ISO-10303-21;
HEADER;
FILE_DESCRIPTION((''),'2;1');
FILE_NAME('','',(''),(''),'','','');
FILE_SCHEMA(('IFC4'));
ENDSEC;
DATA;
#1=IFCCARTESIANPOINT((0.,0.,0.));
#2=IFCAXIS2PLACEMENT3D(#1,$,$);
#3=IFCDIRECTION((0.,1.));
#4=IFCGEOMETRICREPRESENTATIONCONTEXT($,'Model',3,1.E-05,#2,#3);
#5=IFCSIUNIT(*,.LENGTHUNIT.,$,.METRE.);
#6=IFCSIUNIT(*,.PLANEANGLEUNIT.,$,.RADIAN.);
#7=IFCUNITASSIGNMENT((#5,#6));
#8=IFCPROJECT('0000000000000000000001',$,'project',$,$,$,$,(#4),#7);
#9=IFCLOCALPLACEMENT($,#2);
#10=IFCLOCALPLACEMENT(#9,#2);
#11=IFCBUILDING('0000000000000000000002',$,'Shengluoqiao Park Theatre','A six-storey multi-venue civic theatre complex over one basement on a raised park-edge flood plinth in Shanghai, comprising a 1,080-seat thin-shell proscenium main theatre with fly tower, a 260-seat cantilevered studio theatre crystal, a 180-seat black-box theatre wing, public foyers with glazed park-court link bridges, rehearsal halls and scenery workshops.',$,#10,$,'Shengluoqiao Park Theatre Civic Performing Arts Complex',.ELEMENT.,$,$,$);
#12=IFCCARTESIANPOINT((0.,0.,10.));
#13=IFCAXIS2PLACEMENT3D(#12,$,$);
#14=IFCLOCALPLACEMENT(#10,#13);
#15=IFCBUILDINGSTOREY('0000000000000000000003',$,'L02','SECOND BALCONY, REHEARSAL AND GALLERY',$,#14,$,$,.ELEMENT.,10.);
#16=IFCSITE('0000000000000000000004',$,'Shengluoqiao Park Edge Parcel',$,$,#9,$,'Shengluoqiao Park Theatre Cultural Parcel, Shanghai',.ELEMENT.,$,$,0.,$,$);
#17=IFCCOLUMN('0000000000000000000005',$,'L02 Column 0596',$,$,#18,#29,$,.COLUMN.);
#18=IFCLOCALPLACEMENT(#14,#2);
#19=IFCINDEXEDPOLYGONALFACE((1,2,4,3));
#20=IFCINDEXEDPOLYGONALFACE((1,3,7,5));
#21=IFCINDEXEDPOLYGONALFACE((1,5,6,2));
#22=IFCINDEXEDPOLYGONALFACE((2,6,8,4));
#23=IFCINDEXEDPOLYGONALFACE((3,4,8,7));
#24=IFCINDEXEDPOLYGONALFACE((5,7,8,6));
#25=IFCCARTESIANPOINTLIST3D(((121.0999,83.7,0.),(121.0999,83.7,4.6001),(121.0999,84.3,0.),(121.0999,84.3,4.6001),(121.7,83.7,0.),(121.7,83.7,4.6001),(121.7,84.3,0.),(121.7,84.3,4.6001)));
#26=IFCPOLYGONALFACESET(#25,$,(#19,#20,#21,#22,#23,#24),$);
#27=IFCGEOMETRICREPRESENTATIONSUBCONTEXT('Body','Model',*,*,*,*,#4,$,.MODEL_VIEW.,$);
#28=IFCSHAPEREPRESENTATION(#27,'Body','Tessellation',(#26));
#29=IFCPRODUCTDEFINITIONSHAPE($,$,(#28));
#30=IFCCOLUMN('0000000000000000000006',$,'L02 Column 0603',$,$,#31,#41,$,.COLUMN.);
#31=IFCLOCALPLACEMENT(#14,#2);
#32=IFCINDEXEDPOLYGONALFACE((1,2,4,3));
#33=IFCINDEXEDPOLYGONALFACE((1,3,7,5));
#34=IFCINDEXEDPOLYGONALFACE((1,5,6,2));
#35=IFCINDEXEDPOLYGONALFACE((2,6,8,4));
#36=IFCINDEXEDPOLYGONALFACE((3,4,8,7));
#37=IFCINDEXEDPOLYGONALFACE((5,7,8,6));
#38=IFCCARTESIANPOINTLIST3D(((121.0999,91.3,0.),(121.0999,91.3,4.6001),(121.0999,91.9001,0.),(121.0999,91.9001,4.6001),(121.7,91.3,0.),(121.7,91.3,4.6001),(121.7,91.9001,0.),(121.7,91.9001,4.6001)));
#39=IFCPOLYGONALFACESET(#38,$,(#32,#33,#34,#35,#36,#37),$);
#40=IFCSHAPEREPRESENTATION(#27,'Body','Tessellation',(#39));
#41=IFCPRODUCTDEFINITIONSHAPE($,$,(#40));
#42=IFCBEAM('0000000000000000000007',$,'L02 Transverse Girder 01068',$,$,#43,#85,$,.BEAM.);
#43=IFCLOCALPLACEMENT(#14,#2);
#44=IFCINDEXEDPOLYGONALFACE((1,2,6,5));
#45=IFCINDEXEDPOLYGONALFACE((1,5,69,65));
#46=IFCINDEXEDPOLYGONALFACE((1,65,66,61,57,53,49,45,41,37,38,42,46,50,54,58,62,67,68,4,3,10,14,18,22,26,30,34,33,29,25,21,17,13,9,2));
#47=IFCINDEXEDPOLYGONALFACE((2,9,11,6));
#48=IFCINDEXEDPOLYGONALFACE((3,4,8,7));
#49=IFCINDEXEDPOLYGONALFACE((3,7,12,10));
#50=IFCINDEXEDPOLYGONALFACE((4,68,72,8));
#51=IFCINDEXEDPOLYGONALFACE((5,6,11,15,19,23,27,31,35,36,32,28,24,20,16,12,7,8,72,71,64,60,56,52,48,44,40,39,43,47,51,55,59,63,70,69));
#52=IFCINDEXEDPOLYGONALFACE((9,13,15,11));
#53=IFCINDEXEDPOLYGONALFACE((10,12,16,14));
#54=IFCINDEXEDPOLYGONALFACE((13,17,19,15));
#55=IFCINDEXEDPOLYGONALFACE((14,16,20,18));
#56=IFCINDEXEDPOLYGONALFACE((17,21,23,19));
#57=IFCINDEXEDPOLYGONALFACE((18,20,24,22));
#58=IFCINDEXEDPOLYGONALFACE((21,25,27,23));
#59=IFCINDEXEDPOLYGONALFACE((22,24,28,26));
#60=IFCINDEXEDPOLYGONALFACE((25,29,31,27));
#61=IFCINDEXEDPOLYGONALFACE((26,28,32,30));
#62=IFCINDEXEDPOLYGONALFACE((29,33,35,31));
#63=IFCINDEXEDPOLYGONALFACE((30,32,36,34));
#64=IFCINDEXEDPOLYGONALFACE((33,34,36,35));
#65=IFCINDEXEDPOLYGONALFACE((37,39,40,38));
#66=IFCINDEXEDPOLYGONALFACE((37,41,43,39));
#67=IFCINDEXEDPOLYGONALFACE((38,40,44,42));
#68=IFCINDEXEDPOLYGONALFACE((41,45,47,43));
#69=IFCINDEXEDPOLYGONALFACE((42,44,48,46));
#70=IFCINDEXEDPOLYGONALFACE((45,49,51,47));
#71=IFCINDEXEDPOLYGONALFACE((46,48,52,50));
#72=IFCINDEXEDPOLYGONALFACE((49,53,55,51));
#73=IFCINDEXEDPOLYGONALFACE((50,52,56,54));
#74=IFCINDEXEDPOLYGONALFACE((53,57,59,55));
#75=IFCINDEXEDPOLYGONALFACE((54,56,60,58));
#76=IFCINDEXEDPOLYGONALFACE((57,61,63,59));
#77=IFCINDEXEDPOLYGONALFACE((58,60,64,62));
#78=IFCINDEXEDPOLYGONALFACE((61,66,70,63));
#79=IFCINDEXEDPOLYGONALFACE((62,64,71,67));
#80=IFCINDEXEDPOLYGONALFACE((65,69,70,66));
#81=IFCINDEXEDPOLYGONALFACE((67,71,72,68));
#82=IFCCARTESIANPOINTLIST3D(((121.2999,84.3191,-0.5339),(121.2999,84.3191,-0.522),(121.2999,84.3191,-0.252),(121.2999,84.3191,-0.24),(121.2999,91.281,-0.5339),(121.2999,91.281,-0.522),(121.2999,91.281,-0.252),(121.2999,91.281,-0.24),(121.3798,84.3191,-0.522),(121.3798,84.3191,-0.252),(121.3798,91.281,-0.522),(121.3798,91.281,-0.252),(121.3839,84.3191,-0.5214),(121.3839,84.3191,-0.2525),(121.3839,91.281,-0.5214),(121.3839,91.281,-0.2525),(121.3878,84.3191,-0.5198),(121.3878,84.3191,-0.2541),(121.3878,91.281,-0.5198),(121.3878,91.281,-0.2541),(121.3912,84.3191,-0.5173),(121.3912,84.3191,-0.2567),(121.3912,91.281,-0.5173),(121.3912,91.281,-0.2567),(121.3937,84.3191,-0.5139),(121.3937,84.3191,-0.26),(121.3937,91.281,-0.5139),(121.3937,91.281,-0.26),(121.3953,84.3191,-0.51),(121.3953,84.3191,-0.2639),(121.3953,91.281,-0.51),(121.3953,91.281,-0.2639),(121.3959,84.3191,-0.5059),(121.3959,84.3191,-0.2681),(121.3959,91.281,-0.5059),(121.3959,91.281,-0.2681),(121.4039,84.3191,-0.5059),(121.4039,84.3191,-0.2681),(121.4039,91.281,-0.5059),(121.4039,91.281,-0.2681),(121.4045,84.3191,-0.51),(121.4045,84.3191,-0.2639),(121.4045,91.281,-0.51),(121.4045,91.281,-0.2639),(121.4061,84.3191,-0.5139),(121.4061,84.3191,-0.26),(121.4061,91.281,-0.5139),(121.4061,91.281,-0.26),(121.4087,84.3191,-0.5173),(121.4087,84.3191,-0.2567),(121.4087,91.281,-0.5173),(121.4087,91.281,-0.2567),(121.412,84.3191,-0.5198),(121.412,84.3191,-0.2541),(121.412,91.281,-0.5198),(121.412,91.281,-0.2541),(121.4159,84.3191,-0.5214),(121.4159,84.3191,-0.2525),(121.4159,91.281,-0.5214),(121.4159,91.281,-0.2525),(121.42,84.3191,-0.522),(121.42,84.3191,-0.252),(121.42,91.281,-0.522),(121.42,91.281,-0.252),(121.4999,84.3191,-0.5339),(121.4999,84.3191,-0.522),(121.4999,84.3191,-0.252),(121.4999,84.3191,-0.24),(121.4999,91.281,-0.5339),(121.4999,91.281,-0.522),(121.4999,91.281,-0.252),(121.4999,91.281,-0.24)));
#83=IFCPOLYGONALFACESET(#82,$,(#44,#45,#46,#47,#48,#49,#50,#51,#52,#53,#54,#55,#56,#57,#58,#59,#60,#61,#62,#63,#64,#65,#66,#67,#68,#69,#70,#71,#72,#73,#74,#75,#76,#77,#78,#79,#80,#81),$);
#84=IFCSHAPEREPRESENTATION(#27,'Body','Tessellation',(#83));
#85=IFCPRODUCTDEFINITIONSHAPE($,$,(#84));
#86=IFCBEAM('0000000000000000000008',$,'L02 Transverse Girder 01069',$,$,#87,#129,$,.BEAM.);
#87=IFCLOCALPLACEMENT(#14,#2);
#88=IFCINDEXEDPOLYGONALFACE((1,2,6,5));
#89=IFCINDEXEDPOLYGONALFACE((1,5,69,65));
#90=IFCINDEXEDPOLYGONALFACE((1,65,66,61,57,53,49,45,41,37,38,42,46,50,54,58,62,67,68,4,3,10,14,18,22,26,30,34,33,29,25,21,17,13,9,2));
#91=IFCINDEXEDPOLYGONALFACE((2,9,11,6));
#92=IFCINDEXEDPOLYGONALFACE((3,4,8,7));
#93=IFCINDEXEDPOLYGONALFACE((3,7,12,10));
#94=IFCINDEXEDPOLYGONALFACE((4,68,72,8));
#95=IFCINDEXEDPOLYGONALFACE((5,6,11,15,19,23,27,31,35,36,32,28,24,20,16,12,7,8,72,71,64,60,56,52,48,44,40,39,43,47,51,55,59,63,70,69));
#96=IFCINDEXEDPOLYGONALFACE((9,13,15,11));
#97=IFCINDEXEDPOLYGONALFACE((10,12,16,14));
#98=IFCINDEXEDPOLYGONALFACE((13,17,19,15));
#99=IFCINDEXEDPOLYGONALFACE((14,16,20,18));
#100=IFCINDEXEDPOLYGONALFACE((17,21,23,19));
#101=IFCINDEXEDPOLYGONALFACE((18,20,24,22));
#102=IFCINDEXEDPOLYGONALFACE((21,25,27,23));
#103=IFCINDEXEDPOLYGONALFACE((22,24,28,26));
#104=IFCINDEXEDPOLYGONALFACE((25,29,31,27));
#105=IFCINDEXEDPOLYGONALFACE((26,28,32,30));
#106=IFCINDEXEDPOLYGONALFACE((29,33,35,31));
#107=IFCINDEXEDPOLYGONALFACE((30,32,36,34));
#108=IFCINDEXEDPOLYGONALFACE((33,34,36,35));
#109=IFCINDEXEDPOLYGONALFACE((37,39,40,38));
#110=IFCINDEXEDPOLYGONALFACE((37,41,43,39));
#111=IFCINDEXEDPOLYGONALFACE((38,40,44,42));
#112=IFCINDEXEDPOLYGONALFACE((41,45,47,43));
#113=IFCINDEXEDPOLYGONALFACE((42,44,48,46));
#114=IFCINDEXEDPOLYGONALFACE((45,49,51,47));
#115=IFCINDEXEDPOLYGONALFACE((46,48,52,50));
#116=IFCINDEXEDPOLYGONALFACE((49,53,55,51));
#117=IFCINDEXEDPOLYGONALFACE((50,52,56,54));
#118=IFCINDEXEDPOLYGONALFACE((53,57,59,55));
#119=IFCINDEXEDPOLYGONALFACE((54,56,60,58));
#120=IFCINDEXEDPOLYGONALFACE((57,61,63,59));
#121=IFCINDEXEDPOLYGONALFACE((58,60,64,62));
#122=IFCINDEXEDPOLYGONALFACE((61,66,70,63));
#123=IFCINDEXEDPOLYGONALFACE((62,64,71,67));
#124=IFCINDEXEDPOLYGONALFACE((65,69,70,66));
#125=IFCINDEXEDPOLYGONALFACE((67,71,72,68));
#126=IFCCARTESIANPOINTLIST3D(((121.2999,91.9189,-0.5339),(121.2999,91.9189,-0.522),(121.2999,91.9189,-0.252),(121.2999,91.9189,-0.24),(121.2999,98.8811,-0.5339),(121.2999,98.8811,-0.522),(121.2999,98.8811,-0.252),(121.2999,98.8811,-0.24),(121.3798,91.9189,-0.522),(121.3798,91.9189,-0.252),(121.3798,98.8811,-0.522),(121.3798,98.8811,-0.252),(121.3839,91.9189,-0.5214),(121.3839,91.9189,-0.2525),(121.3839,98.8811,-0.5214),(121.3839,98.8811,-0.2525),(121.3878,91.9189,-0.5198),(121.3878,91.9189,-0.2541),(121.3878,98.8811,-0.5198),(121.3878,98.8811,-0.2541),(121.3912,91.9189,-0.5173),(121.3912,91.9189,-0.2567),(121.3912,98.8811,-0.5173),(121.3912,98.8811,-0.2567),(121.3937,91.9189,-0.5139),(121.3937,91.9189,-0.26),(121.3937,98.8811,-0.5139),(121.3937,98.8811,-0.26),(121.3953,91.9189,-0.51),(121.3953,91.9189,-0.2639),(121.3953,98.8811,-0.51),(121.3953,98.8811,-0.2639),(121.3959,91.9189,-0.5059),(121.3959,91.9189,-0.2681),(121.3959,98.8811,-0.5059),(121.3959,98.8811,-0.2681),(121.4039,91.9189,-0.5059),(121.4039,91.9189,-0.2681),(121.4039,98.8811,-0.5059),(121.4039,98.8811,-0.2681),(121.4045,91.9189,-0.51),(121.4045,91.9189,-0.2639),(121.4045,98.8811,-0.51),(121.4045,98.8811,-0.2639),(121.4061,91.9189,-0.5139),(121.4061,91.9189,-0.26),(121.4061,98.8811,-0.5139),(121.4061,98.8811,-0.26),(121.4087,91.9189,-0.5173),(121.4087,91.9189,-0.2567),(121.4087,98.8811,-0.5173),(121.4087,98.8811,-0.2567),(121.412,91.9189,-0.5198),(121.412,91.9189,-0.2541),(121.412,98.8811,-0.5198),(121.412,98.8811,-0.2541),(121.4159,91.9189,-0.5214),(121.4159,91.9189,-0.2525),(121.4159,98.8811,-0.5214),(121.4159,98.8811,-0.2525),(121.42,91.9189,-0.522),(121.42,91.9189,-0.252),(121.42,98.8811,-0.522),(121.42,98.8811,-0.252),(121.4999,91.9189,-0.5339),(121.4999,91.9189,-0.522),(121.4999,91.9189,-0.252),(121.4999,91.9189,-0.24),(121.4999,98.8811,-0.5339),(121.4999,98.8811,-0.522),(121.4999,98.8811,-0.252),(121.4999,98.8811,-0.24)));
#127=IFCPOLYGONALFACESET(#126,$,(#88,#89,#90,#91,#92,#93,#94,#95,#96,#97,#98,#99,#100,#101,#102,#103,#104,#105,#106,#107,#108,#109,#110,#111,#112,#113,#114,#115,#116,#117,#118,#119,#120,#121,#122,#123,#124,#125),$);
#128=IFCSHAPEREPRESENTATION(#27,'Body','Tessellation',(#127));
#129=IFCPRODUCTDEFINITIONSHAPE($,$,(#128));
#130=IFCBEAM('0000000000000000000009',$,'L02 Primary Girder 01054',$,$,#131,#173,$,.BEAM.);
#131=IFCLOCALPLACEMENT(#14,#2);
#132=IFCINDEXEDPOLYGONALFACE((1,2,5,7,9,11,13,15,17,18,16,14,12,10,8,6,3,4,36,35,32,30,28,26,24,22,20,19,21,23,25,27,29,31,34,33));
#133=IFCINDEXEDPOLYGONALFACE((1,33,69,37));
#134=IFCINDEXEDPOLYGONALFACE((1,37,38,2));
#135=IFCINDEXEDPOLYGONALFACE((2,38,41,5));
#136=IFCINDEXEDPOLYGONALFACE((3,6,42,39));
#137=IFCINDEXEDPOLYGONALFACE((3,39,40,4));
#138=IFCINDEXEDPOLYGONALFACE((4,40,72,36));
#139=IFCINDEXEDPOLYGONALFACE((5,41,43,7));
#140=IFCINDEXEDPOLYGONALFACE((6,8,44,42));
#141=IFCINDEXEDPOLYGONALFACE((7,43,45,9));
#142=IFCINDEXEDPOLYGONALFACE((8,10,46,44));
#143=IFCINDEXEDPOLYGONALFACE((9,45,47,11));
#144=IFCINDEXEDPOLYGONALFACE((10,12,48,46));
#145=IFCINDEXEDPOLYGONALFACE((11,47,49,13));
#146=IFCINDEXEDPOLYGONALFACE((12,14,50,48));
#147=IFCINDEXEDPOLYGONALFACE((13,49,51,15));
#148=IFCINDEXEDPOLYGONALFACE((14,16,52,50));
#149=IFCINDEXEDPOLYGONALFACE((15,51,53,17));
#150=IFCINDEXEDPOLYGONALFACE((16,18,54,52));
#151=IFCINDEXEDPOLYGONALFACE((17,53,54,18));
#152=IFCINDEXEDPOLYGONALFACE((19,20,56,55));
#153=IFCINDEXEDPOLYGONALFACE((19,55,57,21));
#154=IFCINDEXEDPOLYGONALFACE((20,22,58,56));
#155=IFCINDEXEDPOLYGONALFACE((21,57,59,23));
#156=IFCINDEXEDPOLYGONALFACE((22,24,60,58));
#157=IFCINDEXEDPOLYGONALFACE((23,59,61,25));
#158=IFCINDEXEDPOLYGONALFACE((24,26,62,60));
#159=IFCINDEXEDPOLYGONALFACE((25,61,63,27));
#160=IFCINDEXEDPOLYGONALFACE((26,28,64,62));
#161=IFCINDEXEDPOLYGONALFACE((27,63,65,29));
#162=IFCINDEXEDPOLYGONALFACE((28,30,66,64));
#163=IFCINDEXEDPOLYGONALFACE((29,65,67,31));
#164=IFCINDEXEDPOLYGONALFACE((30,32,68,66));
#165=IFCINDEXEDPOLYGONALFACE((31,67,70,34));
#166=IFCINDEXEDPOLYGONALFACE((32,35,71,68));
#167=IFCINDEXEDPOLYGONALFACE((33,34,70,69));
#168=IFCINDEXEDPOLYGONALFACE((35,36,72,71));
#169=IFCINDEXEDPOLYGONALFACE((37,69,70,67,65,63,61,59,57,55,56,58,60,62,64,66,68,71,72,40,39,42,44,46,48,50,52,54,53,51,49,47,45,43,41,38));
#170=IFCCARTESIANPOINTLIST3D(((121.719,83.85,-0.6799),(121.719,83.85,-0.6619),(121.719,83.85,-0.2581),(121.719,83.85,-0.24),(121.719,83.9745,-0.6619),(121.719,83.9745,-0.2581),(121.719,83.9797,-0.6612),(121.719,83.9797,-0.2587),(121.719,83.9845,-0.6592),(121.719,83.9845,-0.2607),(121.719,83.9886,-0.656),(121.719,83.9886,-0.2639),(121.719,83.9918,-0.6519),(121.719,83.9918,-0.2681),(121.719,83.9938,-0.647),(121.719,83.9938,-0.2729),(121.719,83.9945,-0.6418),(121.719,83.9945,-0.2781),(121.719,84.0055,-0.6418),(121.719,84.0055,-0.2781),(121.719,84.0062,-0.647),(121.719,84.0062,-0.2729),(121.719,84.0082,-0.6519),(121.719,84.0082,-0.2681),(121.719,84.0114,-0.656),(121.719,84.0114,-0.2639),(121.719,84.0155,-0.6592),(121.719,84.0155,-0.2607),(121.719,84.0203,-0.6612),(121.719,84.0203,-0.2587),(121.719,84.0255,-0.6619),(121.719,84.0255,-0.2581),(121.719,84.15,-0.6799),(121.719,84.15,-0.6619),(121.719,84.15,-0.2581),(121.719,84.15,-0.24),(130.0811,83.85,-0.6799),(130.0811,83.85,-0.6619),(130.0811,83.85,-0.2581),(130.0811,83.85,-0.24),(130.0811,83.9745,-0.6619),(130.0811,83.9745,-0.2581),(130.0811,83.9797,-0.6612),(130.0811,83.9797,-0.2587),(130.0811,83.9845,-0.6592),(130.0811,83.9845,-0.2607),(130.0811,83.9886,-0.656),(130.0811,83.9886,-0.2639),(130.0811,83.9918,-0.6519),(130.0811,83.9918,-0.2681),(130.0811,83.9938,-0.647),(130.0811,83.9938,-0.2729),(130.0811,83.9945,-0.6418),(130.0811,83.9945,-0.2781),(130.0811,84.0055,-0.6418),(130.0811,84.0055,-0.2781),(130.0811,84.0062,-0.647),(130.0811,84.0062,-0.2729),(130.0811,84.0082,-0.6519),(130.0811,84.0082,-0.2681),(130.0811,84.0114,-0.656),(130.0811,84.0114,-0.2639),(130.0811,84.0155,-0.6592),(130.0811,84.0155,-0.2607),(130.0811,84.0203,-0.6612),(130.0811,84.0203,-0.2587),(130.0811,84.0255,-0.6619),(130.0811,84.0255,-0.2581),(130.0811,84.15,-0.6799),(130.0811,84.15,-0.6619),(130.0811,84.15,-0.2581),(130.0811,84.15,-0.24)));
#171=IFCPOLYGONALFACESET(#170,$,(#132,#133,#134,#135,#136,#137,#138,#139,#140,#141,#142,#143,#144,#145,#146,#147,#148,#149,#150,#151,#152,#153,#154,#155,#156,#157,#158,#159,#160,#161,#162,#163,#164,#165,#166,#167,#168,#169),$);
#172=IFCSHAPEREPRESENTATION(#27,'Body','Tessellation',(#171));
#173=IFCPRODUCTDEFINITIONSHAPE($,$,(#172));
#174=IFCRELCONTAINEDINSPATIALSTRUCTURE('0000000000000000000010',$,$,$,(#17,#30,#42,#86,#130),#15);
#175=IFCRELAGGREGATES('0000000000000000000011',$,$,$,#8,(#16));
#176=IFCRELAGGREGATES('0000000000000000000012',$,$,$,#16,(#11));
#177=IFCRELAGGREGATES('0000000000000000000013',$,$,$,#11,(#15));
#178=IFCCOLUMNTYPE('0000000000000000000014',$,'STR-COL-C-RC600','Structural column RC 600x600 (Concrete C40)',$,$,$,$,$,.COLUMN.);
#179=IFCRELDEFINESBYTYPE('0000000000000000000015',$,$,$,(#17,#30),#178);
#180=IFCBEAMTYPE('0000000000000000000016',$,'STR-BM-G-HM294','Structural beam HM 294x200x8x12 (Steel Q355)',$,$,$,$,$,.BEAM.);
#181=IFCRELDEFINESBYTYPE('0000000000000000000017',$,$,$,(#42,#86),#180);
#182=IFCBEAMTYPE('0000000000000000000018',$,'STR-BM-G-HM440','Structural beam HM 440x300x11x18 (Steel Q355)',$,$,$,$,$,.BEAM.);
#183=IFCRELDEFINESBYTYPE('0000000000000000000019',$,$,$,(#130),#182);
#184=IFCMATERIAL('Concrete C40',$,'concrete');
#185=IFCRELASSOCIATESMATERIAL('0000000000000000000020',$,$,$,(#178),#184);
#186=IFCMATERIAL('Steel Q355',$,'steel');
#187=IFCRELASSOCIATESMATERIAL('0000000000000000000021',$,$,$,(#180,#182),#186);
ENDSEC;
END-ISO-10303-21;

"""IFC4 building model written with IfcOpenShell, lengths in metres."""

from ifc_helpers import new_model, si_unit, direction, frame, origin, origin_2d, place, context, subcontext, project, spatial, rectangle, i_section, extrude, material, material_profile, profile_set, type_object, element, save


model = new_model("IFC4")

# Units and contexts
model_context = context("Model", 3, precision=1e-05, world=origin(), true_north=direction((0.0, 1.0)))
body_context = subcontext(model_context, "Body", "Model", "MODEL_VIEW")
ifc_project = project(units=[si_unit("LENGTHUNIT", "METRE"), si_unit("PLANEANGLEUNIT", "RADIAN")], contexts=[model_context])

# Site, building, storey
site_placement = place(None, origin())
site = spatial("IfcSite", under=ifc_project, at=site_placement, Name="Shengluoqiao Park Edge Parcel", LongName="Shengluoqiao Park Theatre Cultural Parcel, Shanghai", CompositionType="ELEMENT", RefElevation=0.0)
building_placement = place(site_placement, origin())
building = spatial("IfcBuilding", under=site, at=building_placement, Name="Shengluoqiao Park Theatre", Description="A six-storey multi-venue civic theatre complex over one basement on a raised park-edge flood plinth in Shanghai, comprising a 1,080-seat thin-shell proscenium main theatre with fly tower, a 260-seat cantilevered studio theatre crystal, a 180-seat black-box theatre wing, public foyers with glazed park-court link bridges, rehearsal halls and scenery workshops.", LongName="Shengluoqiao Park Theatre Civic Performing Arts Complex", CompositionType="ELEMENT")
storey_placement = place(building_placement, frame((0.0, 0.0, 10.0)))
storey = spatial("IfcBuildingStorey", under=building, at=storey_placement, Name="L02", Description="SECOND BALCONY, REHEARSAL AND GALLERY", CompositionType="ELEMENT", Elevation=10.0)

# Columns
ifc_material_1 = material(Name="Concrete C40", Category="concrete")
ifc_material_profile_1 = material_profile(ifc_material_1, rectangle(XDim=0.6001, YDim=0.6001, at=origin_2d()), Name="RC 600x600")
ifc_profile_set_1 = profile_set([ifc_material_profile_1], Name="Concrete C40")
column_type = type_object("IfcColumnType", Name="STR-COL-C-RC600", Description="Structural column RC 600x600 (Concrete C40)", PredefinedType="COLUMN", material=ifc_profile_set_1)
for number, where, z_axis, x_axis, name in (
    (1, (121.3999, 84.0, 0.0), (0.0, 0.0, 1.0), (1.0, 0.0, 0.0), "L02 Column 0596"),
    (2, (121.3999, 91.6001, 0.0), (0.0, 0.0, 1.0), (1.0, 0.0, 0.0), "L02 Column 0603"),
):
    element("IfcColumn", number, at=place(storey_placement, frame(where, z_axis=z_axis, x_axis=x_axis)), inside=storey, type_object=column_type, Name=name, PredefinedType="COLUMN", context=body_context, shape_type="SweptSolid", body=[
        extrude(rectangle(XDim=0.6001, YDim=0.6001, at=origin_2d()), origin(), (0.0, 0.0, 1.0), 4.6001),
    ])

# Beams
ifc_material_2 = material(Name="Steel Q355", Category="steel")
ifc_material_profile_2 = material_profile(ifc_material_2, i_section(OverallWidth=0.2, OverallDepth=0.2939, WebThickness=0.0081, FlangeThickness=0.012, FilletRadius=0.0161, at=origin_2d()), Name="HM 294x200x8x12")
ifc_profile_set_2 = profile_set([ifc_material_profile_2], Name="Steel Q355")
beam_type_1 = type_object("IfcBeamType", Name="STR-BM-G-HM294", Description="Structural beam HM 294x200x8x12 (Steel Q355)", PredefinedType="BEAM", material=ifc_profile_set_2)
beam_1_placement = place(storey_placement, frame((121.3999, 84.3191, -0.387), z_axis=(0.0, 1.0, 0.0), x_axis=(-1.0, 0.0, 0.0)))
element("IfcBeam", 3, at=beam_1_placement, inside=storey, type_object=beam_type_1, Name="L02 Transverse Girder 01068", PredefinedType="BEAM", context=body_context, shape_type="SweptSolid", body=[
    extrude(i_section(OverallWidth=0.2, OverallDepth=0.2939, WebThickness=0.0081, FlangeThickness=0.012, FilletRadius=0.0161, at=origin_2d()), origin(), (0.0, 0.0, 1.0), 6.9619),
])
beam_2_placement = place(storey_placement, frame((121.3999, 91.9189, -0.387), z_axis=(0.0, 1.0, 0.0), x_axis=(-1.0, 0.0, 0.0)))
element("IfcBeam", 4, at=beam_2_placement, inside=storey, type_object=beam_type_1, Name="L02 Transverse Girder 01069", PredefinedType="BEAM", context=body_context, shape_type="SweptSolid", body=[
    extrude(i_section(OverallWidth=0.2, OverallDepth=0.2939, WebThickness=0.0081, FlangeThickness=0.012, FilletRadius=0.0161, at=origin_2d()), origin(), (0.0, 0.0, 1.0), 6.9622),
])
ifc_material_profile_3 = material_profile(ifc_material_2, i_section(OverallWidth=0.3, OverallDepth=0.4399, WebThickness=0.011, FlangeThickness=0.0181, FilletRadius=0.02, at=origin_2d()), Name="HM 440x300x11x18")
ifc_profile_set_3 = profile_set([ifc_material_profile_3], Name="Steel Q355")
beam_type_2 = type_object("IfcBeamType", Name="STR-BM-G-HM440", Description="Structural beam HM 440x300x11x18 (Steel Q355)", PredefinedType="BEAM", material=ifc_profile_set_3)
for number, where, z_axis, x_axis, name in (
    (5, (121.719, 84.0, -0.46), (1.0, 0.0, 0.0), (0.0, 1.0, 0.0), "L02 Primary Girder 01054"),
):
    element("IfcBeam", number, at=place(storey_placement, frame(where, z_axis=z_axis, x_axis=x_axis)), inside=storey, type_object=beam_type_2, Name=name, PredefinedType="BEAM", context=body_context, shape_type="SweptSolid", body=[
        extrude(i_section(OverallWidth=0.3, OverallDepth=0.4399, WebThickness=0.011, FlangeThickness=0.0181, FilletRadius=0.02, at=origin_2d()), origin(), (0.0, 0.0, 1.0), 8.3621),
    ])

save(model, "model.ifc")
